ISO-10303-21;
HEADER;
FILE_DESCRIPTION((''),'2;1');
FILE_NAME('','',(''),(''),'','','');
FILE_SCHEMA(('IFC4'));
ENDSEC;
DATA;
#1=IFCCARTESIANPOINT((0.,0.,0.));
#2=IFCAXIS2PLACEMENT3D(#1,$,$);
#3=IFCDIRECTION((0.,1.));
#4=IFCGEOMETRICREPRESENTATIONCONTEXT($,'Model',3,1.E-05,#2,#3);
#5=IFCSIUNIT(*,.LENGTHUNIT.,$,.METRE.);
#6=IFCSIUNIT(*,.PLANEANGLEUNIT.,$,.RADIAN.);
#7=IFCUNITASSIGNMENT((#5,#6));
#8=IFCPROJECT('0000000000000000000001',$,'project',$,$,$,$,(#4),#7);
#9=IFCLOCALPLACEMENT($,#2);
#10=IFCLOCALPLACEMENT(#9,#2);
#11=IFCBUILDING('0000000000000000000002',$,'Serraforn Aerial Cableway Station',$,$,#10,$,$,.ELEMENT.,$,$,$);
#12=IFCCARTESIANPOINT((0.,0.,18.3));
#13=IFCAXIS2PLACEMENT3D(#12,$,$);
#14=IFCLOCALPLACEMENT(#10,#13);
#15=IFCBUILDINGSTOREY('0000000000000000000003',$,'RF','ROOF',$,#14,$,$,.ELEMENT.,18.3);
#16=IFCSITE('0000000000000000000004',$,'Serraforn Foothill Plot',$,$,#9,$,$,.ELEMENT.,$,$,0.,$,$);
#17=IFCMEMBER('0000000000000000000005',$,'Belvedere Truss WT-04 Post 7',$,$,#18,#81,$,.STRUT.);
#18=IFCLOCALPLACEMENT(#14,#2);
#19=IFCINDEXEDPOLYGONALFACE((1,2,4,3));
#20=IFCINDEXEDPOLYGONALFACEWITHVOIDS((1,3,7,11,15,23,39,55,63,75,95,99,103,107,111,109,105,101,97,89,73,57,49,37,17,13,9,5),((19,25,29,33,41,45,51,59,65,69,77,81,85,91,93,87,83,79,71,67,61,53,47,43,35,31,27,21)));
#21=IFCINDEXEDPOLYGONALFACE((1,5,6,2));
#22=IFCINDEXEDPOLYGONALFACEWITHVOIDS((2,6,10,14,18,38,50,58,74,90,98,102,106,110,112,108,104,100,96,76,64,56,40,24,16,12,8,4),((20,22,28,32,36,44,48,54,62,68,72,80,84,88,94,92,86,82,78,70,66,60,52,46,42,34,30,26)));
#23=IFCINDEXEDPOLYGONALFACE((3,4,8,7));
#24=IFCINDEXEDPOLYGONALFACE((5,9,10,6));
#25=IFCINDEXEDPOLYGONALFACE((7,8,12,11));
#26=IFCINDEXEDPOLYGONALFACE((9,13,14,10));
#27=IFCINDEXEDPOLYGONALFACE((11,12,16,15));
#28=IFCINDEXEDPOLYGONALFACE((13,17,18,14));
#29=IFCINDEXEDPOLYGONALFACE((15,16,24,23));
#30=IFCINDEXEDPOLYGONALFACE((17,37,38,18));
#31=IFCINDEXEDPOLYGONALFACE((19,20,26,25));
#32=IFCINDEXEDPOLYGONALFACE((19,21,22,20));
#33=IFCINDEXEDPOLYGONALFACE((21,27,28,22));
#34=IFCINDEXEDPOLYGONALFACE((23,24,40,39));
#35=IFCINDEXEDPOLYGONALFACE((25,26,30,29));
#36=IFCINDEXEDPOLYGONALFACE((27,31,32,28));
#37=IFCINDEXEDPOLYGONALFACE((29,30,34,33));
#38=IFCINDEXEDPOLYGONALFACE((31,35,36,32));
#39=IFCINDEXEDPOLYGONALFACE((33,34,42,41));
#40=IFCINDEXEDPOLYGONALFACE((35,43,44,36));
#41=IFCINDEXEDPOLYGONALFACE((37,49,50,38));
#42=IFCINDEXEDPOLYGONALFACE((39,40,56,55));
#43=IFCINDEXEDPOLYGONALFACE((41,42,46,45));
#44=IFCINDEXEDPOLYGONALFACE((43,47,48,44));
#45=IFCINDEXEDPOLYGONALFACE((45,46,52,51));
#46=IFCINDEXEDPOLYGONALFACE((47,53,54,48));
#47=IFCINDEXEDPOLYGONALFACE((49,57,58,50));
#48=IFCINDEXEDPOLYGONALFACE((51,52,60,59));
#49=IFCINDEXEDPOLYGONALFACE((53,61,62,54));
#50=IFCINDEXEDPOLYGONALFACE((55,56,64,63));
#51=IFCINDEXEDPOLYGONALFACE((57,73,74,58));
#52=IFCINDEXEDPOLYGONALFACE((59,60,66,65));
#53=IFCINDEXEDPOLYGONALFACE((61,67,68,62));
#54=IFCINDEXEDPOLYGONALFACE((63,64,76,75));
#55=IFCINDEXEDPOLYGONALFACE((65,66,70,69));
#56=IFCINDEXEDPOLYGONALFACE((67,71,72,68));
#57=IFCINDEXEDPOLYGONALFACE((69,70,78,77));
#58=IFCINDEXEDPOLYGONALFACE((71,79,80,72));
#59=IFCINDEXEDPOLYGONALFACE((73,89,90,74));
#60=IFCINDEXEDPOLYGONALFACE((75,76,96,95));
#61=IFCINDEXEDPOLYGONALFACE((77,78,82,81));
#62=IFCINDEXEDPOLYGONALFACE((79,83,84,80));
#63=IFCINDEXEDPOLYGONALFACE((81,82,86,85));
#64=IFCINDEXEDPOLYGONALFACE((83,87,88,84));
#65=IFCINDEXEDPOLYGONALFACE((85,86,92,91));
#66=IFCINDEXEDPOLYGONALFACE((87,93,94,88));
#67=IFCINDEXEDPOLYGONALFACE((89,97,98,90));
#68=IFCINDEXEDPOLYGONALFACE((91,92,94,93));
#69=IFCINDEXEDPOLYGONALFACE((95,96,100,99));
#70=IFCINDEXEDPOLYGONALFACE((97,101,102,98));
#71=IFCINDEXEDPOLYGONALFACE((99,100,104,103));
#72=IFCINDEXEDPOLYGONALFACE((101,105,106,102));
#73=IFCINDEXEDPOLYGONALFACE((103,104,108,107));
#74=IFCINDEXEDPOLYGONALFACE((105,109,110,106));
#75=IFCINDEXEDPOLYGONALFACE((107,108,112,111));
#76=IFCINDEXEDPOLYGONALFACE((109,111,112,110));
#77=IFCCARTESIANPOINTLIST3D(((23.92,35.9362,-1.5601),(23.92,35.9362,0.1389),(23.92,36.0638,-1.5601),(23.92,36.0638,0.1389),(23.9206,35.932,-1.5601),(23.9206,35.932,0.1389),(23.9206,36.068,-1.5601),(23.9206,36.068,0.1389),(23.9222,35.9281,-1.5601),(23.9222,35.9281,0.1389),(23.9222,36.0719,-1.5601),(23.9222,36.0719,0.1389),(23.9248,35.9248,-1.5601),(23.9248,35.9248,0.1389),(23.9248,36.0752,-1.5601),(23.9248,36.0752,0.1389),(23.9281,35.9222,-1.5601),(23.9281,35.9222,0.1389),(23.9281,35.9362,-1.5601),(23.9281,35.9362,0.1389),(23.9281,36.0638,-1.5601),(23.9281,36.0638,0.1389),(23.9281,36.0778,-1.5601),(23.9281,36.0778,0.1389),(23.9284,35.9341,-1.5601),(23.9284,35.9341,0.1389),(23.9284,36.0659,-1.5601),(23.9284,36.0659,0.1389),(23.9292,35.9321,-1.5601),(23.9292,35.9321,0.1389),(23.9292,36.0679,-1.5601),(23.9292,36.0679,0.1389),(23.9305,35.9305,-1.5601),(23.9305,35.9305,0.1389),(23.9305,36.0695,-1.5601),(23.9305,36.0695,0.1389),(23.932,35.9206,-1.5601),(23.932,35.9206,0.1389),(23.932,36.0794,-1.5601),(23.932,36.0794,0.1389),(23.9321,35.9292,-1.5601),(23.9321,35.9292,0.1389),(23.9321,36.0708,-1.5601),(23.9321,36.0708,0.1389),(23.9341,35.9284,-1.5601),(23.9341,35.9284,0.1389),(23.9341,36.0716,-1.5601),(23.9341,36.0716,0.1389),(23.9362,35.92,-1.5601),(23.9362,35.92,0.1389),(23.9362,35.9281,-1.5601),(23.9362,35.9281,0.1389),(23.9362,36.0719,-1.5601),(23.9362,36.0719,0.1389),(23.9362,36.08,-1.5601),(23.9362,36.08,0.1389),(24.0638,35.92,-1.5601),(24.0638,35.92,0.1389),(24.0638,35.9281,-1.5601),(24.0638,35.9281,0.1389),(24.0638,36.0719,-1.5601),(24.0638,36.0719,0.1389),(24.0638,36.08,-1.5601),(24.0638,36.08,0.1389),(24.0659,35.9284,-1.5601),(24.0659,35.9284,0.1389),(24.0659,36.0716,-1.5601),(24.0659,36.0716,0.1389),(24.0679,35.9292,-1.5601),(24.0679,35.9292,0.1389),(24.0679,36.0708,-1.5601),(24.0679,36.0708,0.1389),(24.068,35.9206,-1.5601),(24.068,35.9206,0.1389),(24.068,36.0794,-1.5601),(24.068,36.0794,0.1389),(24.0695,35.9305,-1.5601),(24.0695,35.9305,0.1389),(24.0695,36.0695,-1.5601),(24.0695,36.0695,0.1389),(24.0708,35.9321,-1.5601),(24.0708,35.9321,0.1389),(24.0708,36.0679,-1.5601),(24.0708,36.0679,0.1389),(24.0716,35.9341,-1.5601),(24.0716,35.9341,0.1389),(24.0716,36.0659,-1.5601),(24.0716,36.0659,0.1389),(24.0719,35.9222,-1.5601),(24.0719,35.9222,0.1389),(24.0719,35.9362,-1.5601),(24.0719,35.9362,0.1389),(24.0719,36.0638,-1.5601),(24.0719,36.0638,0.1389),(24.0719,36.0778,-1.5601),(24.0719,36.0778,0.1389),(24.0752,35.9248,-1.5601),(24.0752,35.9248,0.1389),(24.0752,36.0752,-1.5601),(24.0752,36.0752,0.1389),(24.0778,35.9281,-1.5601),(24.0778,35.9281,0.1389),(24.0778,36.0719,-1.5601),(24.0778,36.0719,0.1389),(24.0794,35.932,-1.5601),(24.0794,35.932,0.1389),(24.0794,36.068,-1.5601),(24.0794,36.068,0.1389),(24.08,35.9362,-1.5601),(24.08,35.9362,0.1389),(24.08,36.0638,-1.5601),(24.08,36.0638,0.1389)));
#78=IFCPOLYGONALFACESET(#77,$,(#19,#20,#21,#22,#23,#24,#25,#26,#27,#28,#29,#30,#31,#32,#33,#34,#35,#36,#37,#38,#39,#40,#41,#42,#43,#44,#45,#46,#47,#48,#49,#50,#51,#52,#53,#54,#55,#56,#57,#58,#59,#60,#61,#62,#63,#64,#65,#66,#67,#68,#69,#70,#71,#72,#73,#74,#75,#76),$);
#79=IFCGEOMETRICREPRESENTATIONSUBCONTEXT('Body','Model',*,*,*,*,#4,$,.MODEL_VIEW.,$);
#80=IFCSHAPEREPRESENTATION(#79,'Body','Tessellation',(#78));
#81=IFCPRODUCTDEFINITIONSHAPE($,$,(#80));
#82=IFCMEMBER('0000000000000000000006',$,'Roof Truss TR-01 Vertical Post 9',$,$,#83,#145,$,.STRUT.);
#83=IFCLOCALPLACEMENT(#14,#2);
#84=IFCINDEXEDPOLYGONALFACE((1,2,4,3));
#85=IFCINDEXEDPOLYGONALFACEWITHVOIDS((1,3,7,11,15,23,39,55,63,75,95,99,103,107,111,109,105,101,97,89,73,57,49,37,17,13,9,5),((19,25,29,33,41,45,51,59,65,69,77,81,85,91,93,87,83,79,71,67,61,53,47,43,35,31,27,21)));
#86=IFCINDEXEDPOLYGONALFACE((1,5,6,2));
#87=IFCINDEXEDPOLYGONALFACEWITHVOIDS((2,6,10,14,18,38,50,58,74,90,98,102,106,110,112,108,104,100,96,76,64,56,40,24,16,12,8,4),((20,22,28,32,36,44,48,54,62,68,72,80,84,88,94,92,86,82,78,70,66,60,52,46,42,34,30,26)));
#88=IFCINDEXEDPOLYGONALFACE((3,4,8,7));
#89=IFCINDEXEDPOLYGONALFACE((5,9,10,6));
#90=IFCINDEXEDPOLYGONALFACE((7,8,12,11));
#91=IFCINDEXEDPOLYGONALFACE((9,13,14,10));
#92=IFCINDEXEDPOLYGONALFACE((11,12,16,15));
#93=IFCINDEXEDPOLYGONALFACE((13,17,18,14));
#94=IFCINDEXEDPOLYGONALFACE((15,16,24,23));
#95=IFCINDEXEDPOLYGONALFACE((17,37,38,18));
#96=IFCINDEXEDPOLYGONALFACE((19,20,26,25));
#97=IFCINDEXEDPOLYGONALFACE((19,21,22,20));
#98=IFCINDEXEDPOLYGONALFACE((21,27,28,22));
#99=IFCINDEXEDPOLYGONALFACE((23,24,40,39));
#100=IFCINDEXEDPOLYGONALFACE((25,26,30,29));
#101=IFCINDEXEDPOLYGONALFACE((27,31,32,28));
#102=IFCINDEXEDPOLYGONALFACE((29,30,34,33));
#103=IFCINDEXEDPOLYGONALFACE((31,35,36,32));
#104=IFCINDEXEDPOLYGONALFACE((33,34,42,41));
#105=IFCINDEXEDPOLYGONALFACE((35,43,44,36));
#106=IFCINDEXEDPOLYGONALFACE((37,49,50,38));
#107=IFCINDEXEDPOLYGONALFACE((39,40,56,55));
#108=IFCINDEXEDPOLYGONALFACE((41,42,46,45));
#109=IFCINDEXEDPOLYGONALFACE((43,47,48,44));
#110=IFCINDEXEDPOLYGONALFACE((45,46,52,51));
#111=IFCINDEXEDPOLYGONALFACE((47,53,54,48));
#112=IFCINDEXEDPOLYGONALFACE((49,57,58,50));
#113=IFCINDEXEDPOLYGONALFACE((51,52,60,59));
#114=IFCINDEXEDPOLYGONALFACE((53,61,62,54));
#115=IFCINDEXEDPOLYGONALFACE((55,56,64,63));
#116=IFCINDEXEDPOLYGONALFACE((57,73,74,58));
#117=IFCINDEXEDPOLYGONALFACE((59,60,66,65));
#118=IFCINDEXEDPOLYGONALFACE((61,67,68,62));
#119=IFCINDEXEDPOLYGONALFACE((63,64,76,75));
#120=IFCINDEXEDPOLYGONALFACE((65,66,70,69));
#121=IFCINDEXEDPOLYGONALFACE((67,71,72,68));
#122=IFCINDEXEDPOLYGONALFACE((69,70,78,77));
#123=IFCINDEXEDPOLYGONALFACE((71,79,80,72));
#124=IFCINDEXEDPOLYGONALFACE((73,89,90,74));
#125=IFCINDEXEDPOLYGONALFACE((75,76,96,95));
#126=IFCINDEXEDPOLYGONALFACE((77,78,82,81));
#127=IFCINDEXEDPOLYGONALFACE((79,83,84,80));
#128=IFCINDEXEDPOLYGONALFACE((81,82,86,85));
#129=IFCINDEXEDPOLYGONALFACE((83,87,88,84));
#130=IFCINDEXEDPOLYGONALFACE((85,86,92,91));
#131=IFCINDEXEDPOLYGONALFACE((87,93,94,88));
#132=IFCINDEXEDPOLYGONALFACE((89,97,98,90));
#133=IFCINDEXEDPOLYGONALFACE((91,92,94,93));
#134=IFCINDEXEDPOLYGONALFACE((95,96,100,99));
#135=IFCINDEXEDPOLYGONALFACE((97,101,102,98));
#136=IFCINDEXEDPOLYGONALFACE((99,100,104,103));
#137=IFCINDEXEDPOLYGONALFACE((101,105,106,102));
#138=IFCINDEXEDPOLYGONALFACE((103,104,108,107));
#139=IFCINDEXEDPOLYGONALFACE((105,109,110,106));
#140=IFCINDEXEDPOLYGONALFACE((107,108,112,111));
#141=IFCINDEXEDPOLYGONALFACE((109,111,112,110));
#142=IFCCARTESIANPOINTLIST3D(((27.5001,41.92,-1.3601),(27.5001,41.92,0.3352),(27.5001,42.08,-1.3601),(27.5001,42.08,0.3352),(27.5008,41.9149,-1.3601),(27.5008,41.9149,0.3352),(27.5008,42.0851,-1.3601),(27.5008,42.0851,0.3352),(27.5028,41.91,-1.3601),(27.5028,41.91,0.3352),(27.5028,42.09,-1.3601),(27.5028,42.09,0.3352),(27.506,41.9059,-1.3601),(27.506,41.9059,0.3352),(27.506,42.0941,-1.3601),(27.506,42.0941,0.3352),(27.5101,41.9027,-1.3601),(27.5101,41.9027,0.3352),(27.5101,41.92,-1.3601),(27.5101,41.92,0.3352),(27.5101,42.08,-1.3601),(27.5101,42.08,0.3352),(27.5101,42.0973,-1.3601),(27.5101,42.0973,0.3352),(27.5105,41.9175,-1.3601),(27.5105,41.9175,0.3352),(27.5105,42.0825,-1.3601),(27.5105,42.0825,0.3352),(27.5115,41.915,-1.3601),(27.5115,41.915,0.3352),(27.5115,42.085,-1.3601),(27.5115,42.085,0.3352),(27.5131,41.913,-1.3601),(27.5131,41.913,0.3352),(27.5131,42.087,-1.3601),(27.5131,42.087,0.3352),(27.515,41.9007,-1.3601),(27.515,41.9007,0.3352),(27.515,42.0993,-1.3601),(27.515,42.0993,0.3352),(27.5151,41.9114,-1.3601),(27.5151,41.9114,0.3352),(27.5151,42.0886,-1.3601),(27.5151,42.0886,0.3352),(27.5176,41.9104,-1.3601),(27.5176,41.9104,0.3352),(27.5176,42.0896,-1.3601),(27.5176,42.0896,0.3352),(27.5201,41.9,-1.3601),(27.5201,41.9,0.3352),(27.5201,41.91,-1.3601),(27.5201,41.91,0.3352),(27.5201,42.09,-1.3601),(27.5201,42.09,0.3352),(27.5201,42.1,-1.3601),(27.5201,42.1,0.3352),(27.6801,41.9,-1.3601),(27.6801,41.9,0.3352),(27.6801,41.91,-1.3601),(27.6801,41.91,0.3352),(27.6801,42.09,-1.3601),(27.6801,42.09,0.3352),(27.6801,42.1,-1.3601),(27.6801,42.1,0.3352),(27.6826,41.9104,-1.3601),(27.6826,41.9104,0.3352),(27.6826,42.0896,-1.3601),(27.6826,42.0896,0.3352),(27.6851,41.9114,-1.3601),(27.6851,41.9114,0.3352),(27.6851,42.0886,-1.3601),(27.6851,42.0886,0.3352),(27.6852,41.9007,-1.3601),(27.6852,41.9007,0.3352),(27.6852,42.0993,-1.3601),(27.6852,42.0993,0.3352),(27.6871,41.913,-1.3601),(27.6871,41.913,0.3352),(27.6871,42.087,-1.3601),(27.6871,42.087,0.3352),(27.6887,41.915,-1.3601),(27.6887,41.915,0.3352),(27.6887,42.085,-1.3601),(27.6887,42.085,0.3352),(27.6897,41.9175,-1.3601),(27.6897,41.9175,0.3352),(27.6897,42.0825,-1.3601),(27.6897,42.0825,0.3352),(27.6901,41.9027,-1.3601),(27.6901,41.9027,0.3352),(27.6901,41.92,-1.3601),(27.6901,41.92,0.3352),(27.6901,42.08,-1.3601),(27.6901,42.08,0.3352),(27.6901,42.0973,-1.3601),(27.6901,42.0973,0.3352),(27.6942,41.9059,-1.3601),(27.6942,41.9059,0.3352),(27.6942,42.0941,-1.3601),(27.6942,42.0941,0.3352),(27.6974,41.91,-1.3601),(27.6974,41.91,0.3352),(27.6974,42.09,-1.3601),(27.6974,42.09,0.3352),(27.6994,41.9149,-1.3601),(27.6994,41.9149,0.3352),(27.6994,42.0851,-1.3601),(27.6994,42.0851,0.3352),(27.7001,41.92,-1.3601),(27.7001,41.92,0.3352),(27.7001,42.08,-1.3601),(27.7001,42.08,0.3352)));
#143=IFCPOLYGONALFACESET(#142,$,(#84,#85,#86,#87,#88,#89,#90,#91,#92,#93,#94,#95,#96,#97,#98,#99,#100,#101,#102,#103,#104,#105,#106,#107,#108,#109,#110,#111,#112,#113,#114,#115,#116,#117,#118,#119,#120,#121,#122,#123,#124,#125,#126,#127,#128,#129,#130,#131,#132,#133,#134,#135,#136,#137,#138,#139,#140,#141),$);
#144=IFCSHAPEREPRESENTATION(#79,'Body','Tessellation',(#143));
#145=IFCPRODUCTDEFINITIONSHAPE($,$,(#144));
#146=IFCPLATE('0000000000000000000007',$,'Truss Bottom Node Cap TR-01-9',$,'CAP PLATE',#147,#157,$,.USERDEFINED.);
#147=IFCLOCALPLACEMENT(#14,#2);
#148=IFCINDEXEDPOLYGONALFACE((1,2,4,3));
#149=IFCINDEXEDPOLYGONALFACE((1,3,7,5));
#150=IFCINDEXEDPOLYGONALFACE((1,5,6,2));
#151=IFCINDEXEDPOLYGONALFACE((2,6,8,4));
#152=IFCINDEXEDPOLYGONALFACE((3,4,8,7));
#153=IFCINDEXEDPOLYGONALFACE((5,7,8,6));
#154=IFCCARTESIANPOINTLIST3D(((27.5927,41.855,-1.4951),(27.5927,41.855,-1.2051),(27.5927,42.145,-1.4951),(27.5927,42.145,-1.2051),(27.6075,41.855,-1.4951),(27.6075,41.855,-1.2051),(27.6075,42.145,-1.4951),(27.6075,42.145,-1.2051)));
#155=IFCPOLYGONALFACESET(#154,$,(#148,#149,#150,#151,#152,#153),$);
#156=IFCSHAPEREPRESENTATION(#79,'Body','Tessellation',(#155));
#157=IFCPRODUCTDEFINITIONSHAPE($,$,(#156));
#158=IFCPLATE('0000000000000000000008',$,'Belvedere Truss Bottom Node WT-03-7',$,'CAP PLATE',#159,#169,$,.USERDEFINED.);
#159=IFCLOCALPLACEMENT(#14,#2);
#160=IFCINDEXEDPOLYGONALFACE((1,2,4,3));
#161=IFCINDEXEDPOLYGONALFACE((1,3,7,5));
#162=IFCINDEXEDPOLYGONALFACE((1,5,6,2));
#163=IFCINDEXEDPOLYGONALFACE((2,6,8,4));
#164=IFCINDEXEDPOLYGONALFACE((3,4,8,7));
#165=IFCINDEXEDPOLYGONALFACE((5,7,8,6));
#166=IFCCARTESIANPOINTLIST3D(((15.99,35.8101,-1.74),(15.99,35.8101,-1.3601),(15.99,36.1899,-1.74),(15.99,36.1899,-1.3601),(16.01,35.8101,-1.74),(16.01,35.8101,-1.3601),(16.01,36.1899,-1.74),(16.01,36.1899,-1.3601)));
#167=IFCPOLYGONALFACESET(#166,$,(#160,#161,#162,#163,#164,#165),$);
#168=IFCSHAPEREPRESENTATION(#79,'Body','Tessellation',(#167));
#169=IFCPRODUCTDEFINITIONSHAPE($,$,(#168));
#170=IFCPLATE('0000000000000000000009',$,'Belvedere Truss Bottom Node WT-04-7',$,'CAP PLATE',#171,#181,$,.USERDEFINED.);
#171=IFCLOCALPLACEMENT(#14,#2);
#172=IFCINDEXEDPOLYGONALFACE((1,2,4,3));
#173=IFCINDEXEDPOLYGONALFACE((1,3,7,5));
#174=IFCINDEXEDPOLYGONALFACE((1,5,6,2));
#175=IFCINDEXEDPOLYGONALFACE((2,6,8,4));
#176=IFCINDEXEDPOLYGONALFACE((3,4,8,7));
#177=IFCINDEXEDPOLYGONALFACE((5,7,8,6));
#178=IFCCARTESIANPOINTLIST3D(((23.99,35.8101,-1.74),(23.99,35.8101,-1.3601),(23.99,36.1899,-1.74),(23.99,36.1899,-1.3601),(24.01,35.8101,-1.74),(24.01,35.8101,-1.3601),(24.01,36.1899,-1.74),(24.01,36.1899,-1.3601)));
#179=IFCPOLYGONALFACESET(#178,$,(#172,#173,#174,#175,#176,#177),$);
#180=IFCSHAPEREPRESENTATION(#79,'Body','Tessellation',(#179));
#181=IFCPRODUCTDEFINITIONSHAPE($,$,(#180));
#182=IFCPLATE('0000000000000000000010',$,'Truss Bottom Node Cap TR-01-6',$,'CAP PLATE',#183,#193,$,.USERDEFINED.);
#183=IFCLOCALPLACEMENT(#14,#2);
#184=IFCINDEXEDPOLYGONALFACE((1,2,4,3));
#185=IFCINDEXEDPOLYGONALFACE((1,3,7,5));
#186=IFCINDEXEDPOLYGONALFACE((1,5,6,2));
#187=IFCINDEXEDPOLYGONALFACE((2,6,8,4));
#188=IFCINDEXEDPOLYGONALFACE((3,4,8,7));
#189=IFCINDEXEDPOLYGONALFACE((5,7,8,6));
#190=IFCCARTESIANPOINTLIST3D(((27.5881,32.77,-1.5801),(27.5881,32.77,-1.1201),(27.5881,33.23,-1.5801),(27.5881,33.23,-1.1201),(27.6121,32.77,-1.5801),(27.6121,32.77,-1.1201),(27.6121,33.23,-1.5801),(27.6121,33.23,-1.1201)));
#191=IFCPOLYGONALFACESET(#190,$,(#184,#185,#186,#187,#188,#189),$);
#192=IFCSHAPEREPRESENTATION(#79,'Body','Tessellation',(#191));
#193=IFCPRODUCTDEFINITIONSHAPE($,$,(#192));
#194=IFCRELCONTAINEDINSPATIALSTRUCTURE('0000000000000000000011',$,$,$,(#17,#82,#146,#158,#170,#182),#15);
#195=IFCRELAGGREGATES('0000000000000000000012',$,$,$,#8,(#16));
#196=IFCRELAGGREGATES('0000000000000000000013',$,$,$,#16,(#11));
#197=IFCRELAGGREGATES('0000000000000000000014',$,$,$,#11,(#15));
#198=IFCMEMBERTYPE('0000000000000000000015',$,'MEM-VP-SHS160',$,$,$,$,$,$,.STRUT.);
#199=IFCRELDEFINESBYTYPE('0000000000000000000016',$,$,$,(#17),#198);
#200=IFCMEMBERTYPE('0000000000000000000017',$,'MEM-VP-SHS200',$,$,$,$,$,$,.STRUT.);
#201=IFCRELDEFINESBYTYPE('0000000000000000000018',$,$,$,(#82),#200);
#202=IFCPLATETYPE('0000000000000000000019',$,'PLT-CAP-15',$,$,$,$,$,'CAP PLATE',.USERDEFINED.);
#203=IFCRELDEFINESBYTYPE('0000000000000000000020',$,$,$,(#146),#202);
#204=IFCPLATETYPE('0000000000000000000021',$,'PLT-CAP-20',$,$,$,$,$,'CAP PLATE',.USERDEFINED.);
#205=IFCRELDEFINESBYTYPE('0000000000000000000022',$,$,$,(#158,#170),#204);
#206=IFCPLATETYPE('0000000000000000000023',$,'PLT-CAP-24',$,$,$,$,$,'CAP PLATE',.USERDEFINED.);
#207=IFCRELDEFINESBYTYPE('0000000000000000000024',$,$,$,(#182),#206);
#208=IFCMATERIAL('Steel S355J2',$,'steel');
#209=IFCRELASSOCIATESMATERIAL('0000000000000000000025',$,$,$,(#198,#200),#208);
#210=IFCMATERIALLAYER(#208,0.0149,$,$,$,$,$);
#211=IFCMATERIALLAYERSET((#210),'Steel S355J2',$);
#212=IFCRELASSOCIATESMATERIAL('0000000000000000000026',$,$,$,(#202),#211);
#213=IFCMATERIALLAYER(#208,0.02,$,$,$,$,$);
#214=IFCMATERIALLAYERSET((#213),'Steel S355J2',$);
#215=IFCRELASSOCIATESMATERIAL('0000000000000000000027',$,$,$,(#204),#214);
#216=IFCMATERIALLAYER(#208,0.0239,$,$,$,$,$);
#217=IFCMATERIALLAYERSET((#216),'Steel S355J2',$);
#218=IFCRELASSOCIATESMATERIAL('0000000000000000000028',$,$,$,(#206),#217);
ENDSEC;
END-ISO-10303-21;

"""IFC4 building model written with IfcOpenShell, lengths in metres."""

from ifc_helpers import new_model, si_unit, direction, frame, origin, origin_2d, place, context, subcontext, project, spatial, rectangle, hollow_rectangle, extrude, material, layer, layer_set, material_profile, profile_set, type_object, element, save


model = new_model("IFC4")

# Units and contexts
model_context = context("Model", 3, precision=1e-05, world=origin(), true_north=direction((0.0, 1.0)))
body_context = subcontext(model_context, "Body", "Model", "MODEL_VIEW")
ifc_project = project(units=[si_unit("LENGTHUNIT", "METRE"), si_unit("PLANEANGLEUNIT", "RADIAN")], contexts=[model_context])

# Site, building, storey
site_placement = place(None, origin())
site = spatial("IfcSite", under=ifc_project, at=site_placement, Name="Serraforn Foothill Plot", CompositionType="ELEMENT", RefElevation=0.0)
building_placement = place(site_placement, origin())
building = spatial("IfcBuilding", under=site, at=building_placement, Name="Serraforn Aerial Cableway Station", CompositionType="ELEMENT")
storey_placement = place(building_placement, frame((0.0, 0.0, 18.3)))
storey = spatial("IfcBuildingStorey", under=building, at=storey_placement, Name="RF", Description="ROOF", CompositionType="ELEMENT", Elevation=18.3)

# Shared definitions
ifc_material_1 = material(Name="Steel S355J2", Category="steel")

# Members
ifc_material_profile_1 = material_profile(ifc_material_1, hollow_rectangle(XDim=0.1599, YDim=0.1599, WallThickness=0.0081, InnerFilletRadius=0.0081, OuterFilletRadius=0.0161, at=origin_2d()), Name="SHS 160x160x8.0")
ifc_profile_set_1 = profile_set([ifc_material_profile_1], Name="Steel S355J2")
member_type_1 = type_object("IfcMemberType", Name="MEM-VP-SHS160", PredefinedType="STRUT", material=ifc_profile_set_1)
for number, where, z_axis, x_axis, name in (
    (1, (24.0, 36.0, -1.5601), (0.0, 0.0, 1.0), (1.0, 0.0, 0.0), "Belvedere Truss WT-04 Post 7"),
):
    element("IfcMember", number, at=place(storey_placement, frame(where, z_axis=z_axis, x_axis=x_axis)), inside=storey, type_object=member_type_1, Name=name, PredefinedType="STRUT", context=body_context, shape_type="SweptSolid", body=[
        extrude(hollow_rectangle(XDim=0.1599, YDim=0.1599, WallThickness=0.0081, InnerFilletRadius=0.0081, OuterFilletRadius=0.0161, at=origin_2d()), origin(), (0.0, 0.0, 1.0), 1.699),
    ])
ifc_material_profile_2 = material_profile(ifc_material_1, hollow_rectangle(XDim=0.2, YDim=0.2, WallThickness=0.01, InnerFilletRadius=0.01, OuterFilletRadius=0.02, at=origin_2d()), Name="SHS 200x200x10.0")
ifc_profile_set_2 = profile_set([ifc_material_profile_2], Name="Steel S355J2")
member_type_2 = type_object("IfcMemberType", Name="MEM-VP-SHS200", PredefinedType="STRUT", material=ifc_profile_set_2)
member_1_placement = place(storey_placement, frame((27.6001, 42.0, -1.3601), z_axis=(0.0, 0.0, 1.0), x_axis=(1.0, 0.0, 0.0)))
element("IfcMember", 2, at=member_1_placement, inside=storey, type_object=member_type_2, Name="Roof Truss TR-01 Vertical Post 9", PredefinedType="STRUT", context=body_context, shape_type="SweptSolid", body=[
    extrude(hollow_rectangle(XDim=0.2, YDim=0.2, WallThickness=0.01, InnerFilletRadius=0.01, OuterFilletRadius=0.02, at=origin_2d()), origin(), (0.0, 0.0, 1.0), 1.6953),
])

# Plates
ifc_layer_1 = layer(ifc_material_1, 0.0149)
ifc_layer_set_1 = layer_set([ifc_layer_1], Name="Steel S355J2")
plate_type_1 = type_object("IfcPlateType", Name="PLT-CAP-15", ElementType="CAP PLATE", PredefinedType="USERDEFINED", material=ifc_layer_set_1)
plate_1_placement = place(storey_placement, frame((27.6001, 42.0, -1.4951), z_axis=(0.0, 0.0, 1.0), x_axis=(1.0, 0.0, 0.0)))
element("IfcPlate", 3, at=plate_1_placement, inside=storey, type_object=plate_type_1, Name="Truss Bottom Node Cap TR-01-9", ObjectType="CAP PLATE", PredefinedType="USERDEFINED", context=body_context, shape_type="SweptSolid", body=[
    extrude(rectangle(XDim=0.0149, YDim=0.29, at=origin_2d()), origin(), (0.0, 0.0, 1.0), 0.29),
])
ifc_layer_2 = layer(ifc_material_1, 0.02)
ifc_layer_set_2 = layer_set([ifc_layer_2], Name="Steel S355J2")
plate_type_2 = type_object("IfcPlateType", Name="PLT-CAP-20", ElementType="CAP PLATE", PredefinedType="USERDEFINED", material=ifc_layer_set_2)
for number, where, z_axis, x_axis, name in (
    (4, (16.0, 36.0, -1.74), (0.0, 0.0, 1.0), (1.0, 0.0, 0.0), "Belvedere Truss Bottom Node WT-03-7"),
    (5, (24.0, 36.0, -1.74), (0.0, 0.0, 1.0), (1.0, 0.0, 0.0), "Belvedere Truss Bottom Node WT-04-7"),
):
    element("IfcPlate", number, at=place(storey_placement, frame(where, z_axis=z_axis, x_axis=x_axis)), inside=storey, type_object=plate_type_2, Name=name, ObjectType="CAP PLATE", PredefinedType="USERDEFINED", context=body_context, shape_type="SweptSolid", body=[
        extrude(rectangle(XDim=0.02, YDim=0.3799, at=origin_2d()), origin(), (0.0, 0.0, 1.0), 0.3799),
    ])
ifc_layer_3 = layer(ifc_material_1, 0.0239)
ifc_layer_set_3 = layer_set([ifc_layer_3], Name="Steel S355J2")
plate_type_3 = type_object("IfcPlateType", Name="PLT-CAP-24", ElementType="CAP PLATE", PredefinedType="USERDEFINED", material=ifc_layer_set_3)
plate_2_placement = place(storey_placement, frame((27.6001, 33.0, -1.5801), z_axis=(0.0, 0.0, 1.0), x_axis=(1.0, 0.0, 0.0)))
element("IfcPlate", 6, at=plate_2_placement, inside=storey, type_object=plate_type_3, Name="Truss Bottom Node Cap TR-01-6", ObjectType="CAP PLATE", PredefinedType="USERDEFINED", context=body_context, shape_type="SweptSolid", body=[
    extrude(rectangle(XDim=0.0239, YDim=0.46, at=origin_2d()), origin(), (0.0, 0.0, 1.0), 0.46),
])

save(model, "model.ifc")
